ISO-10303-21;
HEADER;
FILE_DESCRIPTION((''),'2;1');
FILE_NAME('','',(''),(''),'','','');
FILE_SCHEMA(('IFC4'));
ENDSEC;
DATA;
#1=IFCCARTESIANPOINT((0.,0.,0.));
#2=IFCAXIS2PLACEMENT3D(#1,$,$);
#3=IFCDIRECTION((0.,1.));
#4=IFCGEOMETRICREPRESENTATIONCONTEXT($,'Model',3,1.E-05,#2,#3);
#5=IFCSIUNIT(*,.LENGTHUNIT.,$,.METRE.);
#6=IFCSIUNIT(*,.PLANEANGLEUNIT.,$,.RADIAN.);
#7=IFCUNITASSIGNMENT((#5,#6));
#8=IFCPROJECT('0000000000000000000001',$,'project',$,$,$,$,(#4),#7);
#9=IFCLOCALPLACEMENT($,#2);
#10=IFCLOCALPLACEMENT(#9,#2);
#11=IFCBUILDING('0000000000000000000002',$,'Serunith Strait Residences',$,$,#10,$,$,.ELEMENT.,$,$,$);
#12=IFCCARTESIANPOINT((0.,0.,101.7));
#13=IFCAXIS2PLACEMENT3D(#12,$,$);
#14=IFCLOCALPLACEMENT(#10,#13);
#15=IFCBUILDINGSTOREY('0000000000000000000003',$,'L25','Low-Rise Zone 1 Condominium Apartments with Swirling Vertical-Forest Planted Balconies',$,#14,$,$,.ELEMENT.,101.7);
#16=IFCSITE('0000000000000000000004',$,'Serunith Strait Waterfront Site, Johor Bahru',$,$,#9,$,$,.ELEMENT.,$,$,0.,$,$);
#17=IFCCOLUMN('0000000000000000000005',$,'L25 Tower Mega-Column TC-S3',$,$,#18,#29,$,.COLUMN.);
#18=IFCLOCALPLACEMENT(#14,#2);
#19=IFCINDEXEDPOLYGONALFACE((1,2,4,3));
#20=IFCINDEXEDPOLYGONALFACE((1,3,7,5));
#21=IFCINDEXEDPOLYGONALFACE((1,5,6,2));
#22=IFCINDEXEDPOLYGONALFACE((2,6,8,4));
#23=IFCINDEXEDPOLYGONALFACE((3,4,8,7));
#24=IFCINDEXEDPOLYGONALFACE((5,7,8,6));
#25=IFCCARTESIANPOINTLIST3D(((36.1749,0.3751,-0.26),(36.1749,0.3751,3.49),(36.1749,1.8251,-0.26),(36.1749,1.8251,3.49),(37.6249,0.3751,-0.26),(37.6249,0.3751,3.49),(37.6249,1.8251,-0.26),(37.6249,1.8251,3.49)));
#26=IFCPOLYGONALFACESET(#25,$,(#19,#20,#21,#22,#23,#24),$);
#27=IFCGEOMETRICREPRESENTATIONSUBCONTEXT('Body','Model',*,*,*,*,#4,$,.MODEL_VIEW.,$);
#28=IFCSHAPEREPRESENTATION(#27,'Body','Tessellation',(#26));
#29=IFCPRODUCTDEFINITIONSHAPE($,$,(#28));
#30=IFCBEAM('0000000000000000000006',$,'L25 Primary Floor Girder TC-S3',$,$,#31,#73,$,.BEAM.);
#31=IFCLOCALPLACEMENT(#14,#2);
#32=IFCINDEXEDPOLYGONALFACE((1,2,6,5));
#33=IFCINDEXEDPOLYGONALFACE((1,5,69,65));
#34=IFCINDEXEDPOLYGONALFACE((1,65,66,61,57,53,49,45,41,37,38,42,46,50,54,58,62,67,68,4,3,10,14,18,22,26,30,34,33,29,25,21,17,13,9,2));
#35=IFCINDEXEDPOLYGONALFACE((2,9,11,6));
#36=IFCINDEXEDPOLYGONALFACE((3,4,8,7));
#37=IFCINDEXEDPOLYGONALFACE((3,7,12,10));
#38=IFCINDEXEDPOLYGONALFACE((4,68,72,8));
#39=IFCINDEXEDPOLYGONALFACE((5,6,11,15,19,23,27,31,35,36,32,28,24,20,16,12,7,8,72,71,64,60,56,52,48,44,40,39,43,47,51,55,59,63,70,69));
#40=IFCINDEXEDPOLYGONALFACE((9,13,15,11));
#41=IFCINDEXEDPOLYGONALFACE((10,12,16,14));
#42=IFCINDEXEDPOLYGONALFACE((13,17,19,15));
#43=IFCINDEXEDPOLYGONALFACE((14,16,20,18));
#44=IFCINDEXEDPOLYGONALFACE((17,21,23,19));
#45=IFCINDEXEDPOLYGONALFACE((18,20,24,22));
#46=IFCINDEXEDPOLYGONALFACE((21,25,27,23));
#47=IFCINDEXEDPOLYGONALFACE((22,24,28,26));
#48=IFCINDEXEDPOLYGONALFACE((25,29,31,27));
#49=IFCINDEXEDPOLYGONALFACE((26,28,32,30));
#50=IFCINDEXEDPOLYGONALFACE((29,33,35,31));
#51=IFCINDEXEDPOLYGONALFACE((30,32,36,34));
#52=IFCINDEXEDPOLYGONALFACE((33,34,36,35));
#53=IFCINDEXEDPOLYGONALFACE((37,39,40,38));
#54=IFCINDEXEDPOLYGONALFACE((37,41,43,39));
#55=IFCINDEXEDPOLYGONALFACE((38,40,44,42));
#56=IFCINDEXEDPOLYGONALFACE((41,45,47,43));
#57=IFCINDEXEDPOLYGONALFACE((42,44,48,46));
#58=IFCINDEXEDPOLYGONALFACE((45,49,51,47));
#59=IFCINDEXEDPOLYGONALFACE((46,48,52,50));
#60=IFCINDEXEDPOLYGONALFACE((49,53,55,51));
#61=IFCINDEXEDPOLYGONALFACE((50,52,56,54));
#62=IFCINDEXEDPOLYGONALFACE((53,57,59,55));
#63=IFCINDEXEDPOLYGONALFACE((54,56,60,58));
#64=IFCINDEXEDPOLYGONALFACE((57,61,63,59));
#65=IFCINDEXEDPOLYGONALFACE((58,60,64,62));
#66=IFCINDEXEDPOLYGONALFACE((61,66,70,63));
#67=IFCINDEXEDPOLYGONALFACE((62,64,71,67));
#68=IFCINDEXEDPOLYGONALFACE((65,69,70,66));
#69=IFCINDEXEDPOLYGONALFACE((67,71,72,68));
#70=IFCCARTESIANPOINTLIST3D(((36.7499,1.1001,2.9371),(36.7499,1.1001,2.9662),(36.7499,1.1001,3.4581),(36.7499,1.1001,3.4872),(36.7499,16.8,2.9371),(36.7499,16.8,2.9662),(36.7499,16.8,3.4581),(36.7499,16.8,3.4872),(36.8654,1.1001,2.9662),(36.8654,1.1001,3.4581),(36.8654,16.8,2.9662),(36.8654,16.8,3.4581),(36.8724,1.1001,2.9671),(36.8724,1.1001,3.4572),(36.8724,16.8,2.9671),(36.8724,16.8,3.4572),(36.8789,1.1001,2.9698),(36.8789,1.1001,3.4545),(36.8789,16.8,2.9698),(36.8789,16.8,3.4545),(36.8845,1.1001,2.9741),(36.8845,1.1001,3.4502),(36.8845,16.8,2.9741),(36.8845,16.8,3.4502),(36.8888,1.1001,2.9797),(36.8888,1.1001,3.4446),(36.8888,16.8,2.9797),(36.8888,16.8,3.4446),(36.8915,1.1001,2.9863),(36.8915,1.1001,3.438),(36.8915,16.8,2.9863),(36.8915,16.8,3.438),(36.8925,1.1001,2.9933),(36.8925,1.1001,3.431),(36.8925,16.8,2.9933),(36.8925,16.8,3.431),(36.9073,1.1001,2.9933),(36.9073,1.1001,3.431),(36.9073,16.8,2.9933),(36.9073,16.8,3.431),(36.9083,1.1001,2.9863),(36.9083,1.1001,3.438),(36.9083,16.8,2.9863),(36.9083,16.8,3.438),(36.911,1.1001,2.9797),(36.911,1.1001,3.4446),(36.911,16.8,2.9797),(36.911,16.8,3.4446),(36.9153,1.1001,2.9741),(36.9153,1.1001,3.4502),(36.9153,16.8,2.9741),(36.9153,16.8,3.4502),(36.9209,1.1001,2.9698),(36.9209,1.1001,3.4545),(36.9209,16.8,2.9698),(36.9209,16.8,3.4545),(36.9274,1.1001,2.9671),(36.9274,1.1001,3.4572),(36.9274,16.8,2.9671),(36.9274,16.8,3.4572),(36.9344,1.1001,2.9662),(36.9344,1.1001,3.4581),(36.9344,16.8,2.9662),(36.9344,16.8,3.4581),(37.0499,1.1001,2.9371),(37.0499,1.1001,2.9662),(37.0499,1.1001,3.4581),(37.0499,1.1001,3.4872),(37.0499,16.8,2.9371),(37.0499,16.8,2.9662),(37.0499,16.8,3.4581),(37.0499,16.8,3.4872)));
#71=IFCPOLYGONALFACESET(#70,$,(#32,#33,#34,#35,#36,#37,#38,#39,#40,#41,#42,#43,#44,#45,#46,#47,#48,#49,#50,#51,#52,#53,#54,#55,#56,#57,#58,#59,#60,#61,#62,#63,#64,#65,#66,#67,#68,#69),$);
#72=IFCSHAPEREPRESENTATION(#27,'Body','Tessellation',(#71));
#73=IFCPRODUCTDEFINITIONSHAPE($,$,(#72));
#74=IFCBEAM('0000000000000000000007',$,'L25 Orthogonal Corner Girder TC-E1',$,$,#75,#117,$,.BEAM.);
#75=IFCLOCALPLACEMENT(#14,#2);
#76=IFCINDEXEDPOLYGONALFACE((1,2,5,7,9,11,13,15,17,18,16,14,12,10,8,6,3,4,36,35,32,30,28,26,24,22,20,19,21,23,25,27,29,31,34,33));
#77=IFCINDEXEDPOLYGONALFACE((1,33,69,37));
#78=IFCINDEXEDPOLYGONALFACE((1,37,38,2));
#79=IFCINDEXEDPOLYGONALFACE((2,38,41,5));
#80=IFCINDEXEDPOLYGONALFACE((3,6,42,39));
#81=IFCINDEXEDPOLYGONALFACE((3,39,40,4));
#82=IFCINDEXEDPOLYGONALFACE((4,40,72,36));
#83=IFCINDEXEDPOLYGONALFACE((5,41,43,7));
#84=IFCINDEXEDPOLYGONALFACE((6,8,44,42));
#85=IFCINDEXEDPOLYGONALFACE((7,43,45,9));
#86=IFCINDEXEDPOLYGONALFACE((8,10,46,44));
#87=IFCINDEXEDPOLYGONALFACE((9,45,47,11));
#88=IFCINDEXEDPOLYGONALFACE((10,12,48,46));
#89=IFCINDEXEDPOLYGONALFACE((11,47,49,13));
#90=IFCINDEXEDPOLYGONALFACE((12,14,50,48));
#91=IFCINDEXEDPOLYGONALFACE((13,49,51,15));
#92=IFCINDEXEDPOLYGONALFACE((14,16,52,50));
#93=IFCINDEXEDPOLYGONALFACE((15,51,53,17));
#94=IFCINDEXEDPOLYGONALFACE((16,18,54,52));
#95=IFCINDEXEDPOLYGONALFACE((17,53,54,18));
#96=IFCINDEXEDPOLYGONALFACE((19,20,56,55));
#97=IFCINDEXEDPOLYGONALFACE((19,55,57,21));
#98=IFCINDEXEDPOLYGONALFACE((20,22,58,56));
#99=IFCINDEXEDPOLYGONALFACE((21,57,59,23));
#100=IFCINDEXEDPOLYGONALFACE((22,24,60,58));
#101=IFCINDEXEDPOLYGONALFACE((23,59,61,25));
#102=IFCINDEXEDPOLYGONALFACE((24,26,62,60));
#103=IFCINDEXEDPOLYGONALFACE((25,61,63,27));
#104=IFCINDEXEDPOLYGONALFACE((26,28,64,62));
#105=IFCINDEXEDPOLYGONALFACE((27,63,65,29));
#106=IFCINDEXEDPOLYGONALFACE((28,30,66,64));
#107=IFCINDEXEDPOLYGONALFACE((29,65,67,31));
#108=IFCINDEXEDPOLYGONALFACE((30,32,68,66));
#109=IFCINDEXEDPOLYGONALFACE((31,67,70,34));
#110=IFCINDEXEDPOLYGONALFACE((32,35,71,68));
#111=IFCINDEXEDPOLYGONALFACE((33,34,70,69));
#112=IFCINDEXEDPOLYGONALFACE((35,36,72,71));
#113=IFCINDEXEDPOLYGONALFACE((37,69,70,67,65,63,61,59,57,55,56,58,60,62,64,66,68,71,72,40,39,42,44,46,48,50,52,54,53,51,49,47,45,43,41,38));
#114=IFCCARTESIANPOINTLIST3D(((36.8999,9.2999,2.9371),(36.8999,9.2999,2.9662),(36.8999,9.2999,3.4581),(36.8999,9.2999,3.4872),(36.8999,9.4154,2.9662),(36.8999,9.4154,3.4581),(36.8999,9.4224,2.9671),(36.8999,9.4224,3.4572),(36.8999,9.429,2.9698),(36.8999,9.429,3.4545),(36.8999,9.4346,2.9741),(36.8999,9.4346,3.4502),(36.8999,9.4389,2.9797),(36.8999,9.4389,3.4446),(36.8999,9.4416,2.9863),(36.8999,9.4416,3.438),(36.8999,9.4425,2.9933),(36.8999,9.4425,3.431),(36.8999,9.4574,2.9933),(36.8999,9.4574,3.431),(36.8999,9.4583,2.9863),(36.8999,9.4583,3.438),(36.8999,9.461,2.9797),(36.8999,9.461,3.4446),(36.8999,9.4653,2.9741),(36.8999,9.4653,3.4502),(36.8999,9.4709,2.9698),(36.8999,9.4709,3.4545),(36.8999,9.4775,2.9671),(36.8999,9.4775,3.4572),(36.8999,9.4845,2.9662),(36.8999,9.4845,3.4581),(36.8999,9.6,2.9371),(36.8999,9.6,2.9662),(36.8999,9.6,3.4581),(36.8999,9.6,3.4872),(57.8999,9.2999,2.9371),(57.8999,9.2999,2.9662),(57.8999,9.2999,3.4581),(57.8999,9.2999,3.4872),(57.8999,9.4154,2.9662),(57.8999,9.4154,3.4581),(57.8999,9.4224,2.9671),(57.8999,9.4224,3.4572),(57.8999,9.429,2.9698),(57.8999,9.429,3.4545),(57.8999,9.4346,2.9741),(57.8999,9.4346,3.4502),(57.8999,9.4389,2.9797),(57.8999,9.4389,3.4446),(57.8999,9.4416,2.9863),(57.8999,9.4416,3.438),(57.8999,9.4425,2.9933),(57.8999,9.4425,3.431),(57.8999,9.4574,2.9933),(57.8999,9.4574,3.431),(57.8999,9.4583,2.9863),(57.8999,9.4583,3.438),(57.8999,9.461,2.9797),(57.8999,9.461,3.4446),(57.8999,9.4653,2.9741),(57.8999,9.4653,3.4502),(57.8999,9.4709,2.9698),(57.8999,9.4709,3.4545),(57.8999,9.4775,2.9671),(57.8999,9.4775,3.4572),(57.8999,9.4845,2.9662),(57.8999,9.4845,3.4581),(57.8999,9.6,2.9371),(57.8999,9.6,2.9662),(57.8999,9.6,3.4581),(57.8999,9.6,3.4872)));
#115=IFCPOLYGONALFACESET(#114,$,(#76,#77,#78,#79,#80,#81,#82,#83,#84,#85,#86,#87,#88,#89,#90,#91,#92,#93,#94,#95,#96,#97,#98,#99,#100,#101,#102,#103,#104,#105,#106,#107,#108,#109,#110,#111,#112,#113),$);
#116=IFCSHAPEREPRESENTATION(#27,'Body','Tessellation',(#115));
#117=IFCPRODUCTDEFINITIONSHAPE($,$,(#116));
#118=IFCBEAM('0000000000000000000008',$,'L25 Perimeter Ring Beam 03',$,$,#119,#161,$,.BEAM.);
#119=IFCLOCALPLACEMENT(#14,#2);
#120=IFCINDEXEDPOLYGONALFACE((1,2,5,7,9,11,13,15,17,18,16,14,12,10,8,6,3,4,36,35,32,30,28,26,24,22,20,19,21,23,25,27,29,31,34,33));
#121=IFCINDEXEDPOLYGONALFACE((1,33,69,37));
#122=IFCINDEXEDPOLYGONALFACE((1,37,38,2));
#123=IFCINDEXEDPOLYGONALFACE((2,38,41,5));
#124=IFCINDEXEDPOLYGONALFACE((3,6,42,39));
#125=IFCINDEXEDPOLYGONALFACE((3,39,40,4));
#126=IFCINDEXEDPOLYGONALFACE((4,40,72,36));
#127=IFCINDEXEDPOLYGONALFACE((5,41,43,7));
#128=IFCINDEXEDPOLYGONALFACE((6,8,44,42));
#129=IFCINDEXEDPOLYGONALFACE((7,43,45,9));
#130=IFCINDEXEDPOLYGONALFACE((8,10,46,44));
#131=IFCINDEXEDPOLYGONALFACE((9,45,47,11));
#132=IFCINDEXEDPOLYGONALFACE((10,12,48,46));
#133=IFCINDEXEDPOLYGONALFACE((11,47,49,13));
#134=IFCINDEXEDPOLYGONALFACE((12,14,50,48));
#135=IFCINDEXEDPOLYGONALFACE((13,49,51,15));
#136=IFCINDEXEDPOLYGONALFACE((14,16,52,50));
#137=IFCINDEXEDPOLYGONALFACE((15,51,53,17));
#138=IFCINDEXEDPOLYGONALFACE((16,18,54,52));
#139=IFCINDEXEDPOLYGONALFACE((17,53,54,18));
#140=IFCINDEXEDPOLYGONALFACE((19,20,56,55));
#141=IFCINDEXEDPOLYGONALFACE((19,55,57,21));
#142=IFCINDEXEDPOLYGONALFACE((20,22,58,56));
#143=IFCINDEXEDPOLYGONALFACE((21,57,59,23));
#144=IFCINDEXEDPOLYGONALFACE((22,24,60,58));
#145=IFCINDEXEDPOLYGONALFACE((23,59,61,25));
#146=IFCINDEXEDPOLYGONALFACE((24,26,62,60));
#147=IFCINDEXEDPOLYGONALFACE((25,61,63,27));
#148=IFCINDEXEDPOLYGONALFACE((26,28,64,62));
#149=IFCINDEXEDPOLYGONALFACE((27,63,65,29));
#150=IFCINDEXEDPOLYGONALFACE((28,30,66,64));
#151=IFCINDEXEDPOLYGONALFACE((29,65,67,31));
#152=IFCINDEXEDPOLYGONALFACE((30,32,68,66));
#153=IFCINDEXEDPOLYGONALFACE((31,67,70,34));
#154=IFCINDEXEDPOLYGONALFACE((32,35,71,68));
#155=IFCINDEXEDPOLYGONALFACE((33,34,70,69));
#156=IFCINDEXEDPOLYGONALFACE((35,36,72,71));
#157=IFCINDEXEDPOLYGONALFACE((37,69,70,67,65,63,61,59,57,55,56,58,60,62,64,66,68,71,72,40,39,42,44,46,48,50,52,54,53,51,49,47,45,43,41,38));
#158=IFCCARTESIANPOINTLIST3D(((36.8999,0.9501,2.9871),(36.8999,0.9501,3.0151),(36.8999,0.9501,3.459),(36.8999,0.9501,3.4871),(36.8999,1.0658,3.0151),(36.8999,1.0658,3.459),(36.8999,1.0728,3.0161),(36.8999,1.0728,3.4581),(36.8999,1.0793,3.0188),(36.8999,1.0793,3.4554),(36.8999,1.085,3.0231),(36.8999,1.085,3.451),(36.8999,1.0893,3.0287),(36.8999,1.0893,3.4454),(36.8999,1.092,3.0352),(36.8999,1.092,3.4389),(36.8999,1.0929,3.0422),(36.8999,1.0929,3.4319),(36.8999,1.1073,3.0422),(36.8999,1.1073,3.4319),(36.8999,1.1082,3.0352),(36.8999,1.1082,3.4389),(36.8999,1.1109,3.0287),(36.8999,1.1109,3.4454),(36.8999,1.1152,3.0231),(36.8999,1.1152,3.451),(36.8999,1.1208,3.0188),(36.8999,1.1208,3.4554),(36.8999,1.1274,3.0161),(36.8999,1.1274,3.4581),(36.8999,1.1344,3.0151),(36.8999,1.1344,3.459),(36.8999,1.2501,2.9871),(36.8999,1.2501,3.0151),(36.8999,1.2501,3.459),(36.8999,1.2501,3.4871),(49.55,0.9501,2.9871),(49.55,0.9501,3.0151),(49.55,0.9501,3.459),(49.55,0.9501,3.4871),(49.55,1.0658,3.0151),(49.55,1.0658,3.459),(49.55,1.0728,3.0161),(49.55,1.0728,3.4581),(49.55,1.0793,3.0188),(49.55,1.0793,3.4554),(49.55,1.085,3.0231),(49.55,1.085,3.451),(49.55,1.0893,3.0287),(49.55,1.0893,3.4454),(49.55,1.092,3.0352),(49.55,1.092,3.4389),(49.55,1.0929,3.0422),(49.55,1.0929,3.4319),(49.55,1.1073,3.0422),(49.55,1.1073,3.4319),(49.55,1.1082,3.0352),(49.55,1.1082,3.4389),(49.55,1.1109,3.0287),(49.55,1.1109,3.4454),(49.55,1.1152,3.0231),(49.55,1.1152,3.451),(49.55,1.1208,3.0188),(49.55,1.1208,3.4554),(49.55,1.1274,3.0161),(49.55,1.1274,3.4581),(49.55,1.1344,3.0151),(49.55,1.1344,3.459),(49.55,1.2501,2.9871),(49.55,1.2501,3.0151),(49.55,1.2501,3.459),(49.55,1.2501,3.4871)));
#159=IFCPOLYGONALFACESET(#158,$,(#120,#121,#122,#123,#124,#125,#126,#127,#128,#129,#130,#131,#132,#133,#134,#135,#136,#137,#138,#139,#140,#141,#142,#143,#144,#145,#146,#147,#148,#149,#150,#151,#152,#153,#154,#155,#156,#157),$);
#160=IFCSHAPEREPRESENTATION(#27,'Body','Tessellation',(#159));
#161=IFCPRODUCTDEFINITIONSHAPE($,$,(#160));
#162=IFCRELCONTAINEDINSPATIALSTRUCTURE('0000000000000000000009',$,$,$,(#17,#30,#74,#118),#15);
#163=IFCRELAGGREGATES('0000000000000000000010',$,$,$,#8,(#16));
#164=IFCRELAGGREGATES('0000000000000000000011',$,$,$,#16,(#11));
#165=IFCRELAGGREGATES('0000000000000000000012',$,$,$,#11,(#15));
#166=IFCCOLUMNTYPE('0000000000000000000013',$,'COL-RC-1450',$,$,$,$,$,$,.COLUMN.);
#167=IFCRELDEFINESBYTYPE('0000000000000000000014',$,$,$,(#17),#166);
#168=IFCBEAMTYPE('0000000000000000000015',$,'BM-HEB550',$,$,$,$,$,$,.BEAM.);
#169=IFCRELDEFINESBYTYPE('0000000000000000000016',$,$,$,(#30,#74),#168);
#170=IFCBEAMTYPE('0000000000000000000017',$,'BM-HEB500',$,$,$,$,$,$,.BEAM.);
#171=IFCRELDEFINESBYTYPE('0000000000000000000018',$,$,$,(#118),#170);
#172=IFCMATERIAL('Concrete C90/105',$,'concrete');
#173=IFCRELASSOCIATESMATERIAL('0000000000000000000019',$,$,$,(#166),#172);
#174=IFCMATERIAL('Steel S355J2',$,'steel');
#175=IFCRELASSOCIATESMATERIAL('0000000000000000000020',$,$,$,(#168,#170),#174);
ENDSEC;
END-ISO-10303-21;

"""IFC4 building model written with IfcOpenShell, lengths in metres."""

from ifc_helpers import new_model, si_unit, direction, frame, origin, origin_2d, place, context, subcontext, project, spatial, rectangle, i_section, extrude, source, transform, mapped, material, material_profile, profile_set, type_object, element, save


model = new_model("IFC4")

# Units and contexts
model_context = context("Model", 3, precision=1e-05, world=origin(), true_north=direction((0.0, 1.0)))
body_context = subcontext(model_context, "Body", "Model", "MODEL_VIEW")
ifc_project = project(units=[si_unit("LENGTHUNIT", "METRE"), si_unit("PLANEANGLEUNIT", "RADIAN")], contexts=[model_context])

# Site, building, storey
site_placement = place(None, origin())
site = spatial("IfcSite", under=ifc_project, at=site_placement, Name="Serunith Strait Waterfront Site, Johor Bahru", CompositionType="ELEMENT", RefElevation=0.0)
building_placement = place(site_placement, origin())
building = spatial("IfcBuilding", under=site, at=building_placement, Name="Serunith Strait Residences", CompositionType="ELEMENT")
storey_placement = place(building_placement, frame((0.0, 0.0, 101.7)))
storey = spatial("IfcBuildingStorey", under=building, at=storey_placement, Name="L25", Description="Low-Rise Zone 1 Condominium Apartments with Swirling Vertical-Forest Planted Balconies", CompositionType="ELEMENT", Elevation=101.7)

# Column
ifc_material_1 = material(Name="Concrete C90/105", Category="concrete")
ifc_material_profile_1 = material_profile(ifc_material_1, rectangle(XDim=1.45, YDim=1.45, at=origin_2d()), Name="RC 1450x1450")
ifc_profile_set_1 = profile_set([ifc_material_profile_1], Name="Concrete C90/105")
column_type = type_object("IfcColumnType", Name="COL-RC-1450", PredefinedType="COLUMN", material=ifc_profile_set_1)
shared_shape_1 = source(origin(), body_context, "Body", "SweptSolid", [
    extrude(rectangle(XDim=1.45, YDim=1.45, at=origin_2d()), origin(), (0.0, 0.0, 1.0), 3.75),
])
column_placement = place(storey_placement, frame((36.8999, 1.1001, -0.26), z_axis=(0.0, 0.0, 1.0), x_axis=(1.0, 0.0, 0.0)))
element("IfcColumn", 1, at=column_placement, inside=storey, type_object=column_type, Name="L25 Tower Mega-Column TC-S3", PredefinedType="COLUMN", context=body_context, shape_type="MappedRepresentation", body=[
    mapped(shared_shape_1, transform((0.0, 0.0, 0.0), scale=1.0)),
])

# Beams
ifc_material_2 = material(Name="Steel S355J2", Category="steel")
ifc_material_profile_2 = material_profile(ifc_material_2, i_section(OverallWidth=0.3, OverallDepth=0.55, WebThickness=0.0149, FlangeThickness=0.0291, FilletRadius=0.0271, at=origin_2d()), Name="HEB 550")
ifc_profile_set_2 = profile_set([ifc_material_profile_2], Name="Steel S355J2")
beam_type_1 = type_object("IfcBeamType", Name="BM-HEB550", PredefinedType="BEAM", material=ifc_profile_set_2)
shared_shape_2 = source(origin(), body_context, "Body", "SweptSolid", [
    extrude(i_section(OverallWidth=0.3, OverallDepth=0.55, WebThickness=0.0149, FlangeThickness=0.0291, FilletRadius=0.0271, at=origin_2d()), origin(), (0.0, 0.0, 1.0), 15.7),
])
beam_1_placement = place(storey_placement, frame((36.8999, 16.8, 3.2122), z_axis=(0.0, -1.0, 0.0), x_axis=(1.0, 0.0, 0.0)))
element("IfcBeam", 2, at=beam_1_placement, inside=storey, type_object=beam_type_1, Name="L25 Primary Floor Girder TC-S3", PredefinedType="BEAM", context=body_context, shape_type="MappedRepresentation", body=[
    mapped(shared_shape_2, transform((0.0, 0.0, 0.0), scale=1.0)),
])
shared_shape_3 = source(origin(), body_context, "Body", "SweptSolid", [
    extrude(i_section(OverallWidth=0.3, OverallDepth=0.55, WebThickness=0.0149, FlangeThickness=0.0291, FilletRadius=0.0271, at=origin_2d()), origin(), (0.0, 0.0, 1.0), 21.0),
])
beam_2_placement = place(storey_placement, frame((36.8999, 9.45, 3.2122), z_axis=(1.0, 0.0, 0.0), x_axis=(0.0, 1.0, 0.0)))
element("IfcBeam", 3, at=beam_2_placement, inside=storey, type_object=beam_type_1, Name="L25 Orthogonal Corner Girder TC-E1", PredefinedType="BEAM", context=body_context, shape_type="MappedRepresentation", body=[
    mapped(shared_shape_3, transform((0.0, 0.0, 0.0), scale=1.0)),
])
ifc_material_profile_3 = material_profile(ifc_material_2, i_section(OverallWidth=0.3, OverallDepth=0.5, WebThickness=0.0144, FlangeThickness=0.0281, FilletRadius=0.0271, at=origin_2d()), Name="HEB 500")
ifc_profile_set_3 = profile_set([ifc_material_profile_3], Name="Steel S355J2")
beam_type_2 = type_object("IfcBeamType", Name="BM-HEB500", PredefinedType="BEAM", material=ifc_profile_set_3)
shared_shape_4 = source(origin(), body_context, "Body", "SweptSolid", [
    extrude(i_section(OverallWidth=0.3, OverallDepth=0.5, WebThickness=0.0144, FlangeThickness=0.0281, FilletRadius=0.0271, at=origin_2d()), origin(), (0.0, 0.0, 1.0), 12.6501),
])
beam_3_placement = place(storey_placement, frame((36.8999, 1.1001, 3.2371), z_axis=(1.0, 0.0, 0.0), x_axis=(0.0, 1.0, 0.0)))
element("IfcBeam", 4, at=beam_3_placement, inside=storey, type_object=beam_type_2, Name="L25 Perimeter Ring Beam 03", PredefinedType="BEAM", context=body_context, shape_type="MappedRepresentation", body=[
    mapped(shared_shape_4, transform((0.0, 0.0, 0.0), scale=1.0)),
])

save(model, "model.ifc")
